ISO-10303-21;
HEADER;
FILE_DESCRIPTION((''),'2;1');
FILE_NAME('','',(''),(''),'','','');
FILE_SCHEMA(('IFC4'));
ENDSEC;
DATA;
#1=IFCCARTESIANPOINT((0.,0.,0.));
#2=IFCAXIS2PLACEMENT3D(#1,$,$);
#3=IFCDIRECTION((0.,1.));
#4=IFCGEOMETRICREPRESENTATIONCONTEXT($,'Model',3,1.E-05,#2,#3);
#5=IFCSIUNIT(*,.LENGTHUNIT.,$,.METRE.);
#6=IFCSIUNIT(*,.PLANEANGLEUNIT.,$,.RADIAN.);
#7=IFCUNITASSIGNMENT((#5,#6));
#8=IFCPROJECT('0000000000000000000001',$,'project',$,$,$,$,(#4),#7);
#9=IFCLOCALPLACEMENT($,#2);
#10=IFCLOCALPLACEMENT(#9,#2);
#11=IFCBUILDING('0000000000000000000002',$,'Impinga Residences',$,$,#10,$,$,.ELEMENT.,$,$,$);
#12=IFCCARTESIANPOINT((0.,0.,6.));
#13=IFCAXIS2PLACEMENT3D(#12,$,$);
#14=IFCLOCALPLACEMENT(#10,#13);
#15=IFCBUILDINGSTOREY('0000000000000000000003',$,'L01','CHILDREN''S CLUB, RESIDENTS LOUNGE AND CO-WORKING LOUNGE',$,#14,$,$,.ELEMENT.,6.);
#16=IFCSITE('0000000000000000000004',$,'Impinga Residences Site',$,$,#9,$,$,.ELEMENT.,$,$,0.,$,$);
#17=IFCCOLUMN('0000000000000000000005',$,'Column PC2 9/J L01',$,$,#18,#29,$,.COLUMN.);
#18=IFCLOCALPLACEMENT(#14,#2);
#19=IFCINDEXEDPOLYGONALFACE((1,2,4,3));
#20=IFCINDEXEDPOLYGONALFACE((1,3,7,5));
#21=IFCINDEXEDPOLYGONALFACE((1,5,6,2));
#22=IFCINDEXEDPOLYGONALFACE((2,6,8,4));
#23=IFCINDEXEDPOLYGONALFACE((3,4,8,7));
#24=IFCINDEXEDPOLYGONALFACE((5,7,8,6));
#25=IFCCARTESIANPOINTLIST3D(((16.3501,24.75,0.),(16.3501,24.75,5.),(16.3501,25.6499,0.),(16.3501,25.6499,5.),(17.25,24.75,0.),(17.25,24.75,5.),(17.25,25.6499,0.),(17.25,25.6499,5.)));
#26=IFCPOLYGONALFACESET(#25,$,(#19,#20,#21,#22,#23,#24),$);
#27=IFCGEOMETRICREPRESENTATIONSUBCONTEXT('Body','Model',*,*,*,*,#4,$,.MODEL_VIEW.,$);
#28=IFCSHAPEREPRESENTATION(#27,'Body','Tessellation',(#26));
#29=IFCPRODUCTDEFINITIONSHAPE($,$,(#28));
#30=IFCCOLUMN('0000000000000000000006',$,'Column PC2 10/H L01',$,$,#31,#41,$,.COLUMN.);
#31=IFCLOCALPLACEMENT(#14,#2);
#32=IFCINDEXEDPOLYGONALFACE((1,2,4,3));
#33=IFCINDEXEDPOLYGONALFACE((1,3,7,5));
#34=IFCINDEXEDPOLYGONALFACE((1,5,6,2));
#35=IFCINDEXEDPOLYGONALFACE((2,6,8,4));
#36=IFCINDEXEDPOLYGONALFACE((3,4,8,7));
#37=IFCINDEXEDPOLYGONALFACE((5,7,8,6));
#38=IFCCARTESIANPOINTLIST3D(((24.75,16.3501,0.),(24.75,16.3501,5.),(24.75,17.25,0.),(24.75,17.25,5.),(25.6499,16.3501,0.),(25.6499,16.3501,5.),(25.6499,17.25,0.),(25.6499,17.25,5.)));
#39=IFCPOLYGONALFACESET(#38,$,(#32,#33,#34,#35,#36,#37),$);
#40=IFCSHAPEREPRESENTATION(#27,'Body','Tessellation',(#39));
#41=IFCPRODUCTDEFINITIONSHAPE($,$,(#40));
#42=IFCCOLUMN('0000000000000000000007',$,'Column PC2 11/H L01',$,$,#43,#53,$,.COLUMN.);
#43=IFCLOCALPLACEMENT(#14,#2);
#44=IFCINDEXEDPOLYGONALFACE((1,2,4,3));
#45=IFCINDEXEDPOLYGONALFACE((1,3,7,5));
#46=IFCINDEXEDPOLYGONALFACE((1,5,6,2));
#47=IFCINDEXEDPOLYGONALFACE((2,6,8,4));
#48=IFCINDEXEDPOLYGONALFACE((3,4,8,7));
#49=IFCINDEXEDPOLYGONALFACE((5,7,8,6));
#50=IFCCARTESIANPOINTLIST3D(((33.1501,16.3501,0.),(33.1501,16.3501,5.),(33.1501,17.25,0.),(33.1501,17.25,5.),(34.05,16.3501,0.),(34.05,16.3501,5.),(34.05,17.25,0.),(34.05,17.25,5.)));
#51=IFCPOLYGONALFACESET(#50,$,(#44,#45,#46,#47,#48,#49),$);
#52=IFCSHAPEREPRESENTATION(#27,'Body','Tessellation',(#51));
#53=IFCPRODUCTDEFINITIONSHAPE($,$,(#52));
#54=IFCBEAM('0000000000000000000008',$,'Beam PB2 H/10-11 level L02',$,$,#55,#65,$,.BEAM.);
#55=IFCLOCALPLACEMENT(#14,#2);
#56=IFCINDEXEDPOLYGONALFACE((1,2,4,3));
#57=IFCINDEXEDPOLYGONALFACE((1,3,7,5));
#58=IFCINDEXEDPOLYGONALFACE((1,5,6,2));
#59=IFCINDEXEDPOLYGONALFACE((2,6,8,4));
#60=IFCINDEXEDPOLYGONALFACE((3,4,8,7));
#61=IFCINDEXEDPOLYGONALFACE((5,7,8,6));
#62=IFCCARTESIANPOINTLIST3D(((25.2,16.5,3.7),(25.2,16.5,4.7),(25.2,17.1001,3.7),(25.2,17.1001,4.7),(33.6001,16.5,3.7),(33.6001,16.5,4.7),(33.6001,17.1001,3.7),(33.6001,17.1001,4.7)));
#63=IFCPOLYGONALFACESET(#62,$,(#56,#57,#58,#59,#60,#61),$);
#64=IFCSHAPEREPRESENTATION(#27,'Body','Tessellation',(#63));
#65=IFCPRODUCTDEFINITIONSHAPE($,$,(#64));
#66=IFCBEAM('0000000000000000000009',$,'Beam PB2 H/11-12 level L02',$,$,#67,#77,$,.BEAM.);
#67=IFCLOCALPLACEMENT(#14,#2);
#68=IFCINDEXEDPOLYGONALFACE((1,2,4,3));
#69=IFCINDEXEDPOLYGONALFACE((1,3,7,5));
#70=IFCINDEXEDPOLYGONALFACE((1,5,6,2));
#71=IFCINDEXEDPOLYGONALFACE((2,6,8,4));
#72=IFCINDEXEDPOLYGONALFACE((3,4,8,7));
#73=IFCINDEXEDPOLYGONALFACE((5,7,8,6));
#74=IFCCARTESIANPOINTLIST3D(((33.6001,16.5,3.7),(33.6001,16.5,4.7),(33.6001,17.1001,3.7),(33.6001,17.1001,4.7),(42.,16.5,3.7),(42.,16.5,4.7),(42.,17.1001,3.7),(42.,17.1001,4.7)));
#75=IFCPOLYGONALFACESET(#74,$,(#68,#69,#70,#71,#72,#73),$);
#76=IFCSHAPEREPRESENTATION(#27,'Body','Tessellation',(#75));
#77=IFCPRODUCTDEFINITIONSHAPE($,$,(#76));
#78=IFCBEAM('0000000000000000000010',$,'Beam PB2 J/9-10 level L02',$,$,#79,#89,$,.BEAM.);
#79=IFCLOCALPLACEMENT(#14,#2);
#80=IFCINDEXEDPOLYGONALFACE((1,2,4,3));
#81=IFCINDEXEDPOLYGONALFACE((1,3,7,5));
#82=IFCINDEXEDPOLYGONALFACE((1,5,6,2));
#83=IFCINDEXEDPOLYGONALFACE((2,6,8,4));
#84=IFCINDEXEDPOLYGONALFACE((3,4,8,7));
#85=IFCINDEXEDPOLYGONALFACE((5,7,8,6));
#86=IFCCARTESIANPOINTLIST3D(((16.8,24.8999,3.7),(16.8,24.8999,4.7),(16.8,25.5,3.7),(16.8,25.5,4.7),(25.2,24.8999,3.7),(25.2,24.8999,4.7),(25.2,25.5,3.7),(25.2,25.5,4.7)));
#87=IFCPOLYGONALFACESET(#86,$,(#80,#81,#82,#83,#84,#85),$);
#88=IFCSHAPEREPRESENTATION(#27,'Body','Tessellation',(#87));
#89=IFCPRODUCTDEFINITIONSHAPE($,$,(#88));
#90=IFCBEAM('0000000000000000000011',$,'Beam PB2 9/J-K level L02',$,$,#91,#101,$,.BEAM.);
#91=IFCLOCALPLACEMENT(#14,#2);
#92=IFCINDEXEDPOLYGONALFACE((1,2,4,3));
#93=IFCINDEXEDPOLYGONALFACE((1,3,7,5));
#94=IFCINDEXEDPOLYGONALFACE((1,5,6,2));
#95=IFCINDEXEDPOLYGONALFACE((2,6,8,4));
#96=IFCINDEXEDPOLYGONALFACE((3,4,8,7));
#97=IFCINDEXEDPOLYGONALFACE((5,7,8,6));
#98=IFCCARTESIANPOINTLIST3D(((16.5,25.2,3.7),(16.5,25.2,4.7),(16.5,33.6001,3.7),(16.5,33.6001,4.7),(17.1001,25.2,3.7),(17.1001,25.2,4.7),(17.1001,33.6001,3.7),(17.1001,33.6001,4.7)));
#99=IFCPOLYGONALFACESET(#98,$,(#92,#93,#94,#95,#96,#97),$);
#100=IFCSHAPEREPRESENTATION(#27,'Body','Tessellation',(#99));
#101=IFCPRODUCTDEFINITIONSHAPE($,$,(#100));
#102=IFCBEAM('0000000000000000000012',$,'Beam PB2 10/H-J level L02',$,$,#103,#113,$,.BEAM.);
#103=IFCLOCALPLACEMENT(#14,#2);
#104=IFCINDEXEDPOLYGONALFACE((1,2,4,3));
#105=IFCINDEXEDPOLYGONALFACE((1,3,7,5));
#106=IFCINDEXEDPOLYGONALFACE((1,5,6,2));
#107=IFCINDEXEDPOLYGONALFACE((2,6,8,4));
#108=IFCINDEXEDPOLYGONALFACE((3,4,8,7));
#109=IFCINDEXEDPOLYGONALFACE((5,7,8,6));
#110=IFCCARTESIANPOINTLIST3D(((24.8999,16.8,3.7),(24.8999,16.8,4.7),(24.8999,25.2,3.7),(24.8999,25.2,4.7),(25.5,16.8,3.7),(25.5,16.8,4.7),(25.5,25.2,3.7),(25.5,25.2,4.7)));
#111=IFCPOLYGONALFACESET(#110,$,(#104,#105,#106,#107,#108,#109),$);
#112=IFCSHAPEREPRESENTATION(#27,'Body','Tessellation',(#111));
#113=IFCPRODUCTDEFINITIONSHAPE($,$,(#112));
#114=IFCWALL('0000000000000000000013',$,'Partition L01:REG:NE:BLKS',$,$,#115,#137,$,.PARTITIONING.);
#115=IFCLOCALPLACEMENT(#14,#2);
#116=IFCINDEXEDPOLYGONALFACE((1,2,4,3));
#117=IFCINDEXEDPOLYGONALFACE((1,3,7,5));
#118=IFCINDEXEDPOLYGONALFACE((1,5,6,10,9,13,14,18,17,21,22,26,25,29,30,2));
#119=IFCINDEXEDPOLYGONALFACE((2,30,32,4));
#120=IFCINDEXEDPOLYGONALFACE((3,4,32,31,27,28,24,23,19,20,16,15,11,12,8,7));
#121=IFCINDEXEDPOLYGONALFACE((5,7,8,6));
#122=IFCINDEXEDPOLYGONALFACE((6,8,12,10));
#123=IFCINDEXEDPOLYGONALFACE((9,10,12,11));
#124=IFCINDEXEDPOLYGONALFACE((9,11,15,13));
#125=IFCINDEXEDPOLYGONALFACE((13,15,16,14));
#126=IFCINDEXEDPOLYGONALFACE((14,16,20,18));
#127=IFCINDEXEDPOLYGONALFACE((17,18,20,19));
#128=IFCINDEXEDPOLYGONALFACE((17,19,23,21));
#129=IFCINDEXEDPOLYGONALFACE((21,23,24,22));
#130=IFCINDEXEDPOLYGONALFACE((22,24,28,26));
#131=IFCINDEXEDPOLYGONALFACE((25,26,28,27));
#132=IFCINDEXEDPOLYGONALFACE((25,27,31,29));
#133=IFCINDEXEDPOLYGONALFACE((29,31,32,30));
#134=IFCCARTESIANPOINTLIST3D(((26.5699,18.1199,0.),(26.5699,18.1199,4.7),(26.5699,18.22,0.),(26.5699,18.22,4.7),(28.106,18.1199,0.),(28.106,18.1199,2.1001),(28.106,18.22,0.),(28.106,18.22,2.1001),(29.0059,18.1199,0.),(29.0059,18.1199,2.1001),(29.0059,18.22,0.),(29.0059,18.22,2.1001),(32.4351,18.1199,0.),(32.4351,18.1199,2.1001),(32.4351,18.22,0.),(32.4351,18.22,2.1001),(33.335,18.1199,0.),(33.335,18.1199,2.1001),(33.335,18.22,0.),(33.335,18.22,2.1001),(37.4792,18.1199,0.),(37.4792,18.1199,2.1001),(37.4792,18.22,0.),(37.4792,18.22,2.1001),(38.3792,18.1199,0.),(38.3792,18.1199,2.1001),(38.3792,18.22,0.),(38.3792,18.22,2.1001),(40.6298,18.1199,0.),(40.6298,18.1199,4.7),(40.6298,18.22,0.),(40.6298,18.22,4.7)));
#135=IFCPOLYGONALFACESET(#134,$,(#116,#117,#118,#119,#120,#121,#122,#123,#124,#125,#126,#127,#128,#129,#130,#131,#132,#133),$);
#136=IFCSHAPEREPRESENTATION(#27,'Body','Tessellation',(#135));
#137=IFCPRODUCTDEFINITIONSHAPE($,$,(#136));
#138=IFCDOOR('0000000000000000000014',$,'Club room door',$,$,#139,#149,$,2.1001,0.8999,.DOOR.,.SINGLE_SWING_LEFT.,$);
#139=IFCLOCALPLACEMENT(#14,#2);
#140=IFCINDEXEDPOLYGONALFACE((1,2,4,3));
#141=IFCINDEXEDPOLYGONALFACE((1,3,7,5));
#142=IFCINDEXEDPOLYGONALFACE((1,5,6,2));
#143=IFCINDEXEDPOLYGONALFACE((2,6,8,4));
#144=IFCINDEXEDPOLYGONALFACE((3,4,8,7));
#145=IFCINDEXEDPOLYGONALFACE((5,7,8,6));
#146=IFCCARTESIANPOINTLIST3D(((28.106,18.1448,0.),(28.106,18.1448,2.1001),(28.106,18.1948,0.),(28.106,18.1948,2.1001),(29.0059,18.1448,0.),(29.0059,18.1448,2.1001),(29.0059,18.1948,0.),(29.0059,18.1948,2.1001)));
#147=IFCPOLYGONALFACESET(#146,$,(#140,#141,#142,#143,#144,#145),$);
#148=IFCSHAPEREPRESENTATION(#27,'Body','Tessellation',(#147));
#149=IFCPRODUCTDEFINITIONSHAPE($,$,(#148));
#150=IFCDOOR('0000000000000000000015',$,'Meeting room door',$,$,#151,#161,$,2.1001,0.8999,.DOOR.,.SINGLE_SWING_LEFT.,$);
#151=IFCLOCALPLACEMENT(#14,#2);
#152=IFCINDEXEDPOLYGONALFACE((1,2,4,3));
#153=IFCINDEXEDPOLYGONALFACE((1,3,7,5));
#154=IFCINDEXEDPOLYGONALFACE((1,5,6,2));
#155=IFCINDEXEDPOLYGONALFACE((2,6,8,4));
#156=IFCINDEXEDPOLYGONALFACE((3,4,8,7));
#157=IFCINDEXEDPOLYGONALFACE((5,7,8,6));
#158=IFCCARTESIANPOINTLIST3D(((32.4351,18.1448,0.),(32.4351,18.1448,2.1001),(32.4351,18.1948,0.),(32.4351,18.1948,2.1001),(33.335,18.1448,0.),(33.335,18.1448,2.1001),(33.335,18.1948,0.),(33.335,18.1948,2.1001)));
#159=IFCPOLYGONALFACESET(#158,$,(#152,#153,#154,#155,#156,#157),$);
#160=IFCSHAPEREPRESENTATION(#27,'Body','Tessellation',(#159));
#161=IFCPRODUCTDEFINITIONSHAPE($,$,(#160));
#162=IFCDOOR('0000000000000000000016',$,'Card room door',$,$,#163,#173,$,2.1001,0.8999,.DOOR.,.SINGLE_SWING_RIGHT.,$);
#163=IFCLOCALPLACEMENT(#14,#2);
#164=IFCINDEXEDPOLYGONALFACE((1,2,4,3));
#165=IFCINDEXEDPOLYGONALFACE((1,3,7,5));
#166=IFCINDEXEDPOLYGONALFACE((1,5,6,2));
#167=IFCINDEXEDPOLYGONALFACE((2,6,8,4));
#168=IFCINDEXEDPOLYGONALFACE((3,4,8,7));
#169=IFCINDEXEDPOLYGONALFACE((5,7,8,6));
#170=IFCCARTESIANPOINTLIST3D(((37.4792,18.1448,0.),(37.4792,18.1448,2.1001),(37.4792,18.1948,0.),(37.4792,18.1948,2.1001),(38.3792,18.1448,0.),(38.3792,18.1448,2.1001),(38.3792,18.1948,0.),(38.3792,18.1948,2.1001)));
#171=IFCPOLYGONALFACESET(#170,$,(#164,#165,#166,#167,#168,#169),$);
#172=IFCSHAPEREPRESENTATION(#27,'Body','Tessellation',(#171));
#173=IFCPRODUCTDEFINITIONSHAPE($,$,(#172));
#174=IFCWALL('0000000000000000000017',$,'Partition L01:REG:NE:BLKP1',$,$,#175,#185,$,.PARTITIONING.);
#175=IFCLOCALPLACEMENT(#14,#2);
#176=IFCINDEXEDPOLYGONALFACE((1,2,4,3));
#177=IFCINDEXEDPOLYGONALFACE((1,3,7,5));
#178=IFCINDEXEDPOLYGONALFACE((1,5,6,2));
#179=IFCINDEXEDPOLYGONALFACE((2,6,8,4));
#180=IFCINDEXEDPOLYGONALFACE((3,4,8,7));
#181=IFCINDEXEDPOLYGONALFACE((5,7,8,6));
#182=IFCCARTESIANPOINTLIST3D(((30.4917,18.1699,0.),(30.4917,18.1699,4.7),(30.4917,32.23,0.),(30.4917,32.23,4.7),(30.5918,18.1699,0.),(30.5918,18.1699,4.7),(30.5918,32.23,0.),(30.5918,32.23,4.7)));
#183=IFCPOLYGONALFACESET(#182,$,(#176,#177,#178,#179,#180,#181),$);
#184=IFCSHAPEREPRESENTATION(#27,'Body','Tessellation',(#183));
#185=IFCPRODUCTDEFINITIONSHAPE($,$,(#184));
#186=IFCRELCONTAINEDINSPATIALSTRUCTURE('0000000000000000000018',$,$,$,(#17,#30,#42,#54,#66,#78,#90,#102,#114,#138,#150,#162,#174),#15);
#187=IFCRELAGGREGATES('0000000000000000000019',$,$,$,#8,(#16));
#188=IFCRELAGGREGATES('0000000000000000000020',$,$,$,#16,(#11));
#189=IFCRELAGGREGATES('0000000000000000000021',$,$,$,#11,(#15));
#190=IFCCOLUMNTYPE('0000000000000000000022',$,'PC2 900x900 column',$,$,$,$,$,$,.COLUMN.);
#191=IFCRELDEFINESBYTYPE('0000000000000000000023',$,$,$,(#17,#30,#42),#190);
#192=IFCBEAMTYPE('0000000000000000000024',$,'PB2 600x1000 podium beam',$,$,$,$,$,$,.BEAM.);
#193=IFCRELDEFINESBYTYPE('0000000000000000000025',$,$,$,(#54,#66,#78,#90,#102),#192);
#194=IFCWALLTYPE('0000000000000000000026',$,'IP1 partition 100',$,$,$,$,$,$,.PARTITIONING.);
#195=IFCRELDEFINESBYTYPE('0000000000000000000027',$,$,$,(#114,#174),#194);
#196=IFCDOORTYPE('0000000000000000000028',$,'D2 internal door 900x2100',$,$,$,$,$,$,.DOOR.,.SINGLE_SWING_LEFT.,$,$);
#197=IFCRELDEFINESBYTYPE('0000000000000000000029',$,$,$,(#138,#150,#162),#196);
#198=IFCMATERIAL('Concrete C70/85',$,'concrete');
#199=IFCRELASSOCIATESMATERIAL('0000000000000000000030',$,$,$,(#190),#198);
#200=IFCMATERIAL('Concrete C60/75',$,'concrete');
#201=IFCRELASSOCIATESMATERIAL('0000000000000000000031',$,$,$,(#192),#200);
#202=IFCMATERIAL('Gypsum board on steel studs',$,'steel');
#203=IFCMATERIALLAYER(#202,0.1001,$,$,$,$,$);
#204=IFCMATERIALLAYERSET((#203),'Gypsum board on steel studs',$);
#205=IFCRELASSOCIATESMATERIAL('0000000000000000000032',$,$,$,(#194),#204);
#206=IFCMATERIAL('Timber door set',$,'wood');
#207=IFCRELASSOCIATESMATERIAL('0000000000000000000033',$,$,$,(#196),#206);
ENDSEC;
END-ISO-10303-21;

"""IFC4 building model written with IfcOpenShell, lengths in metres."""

from ifc_helpers import new_model, si_unit, direction, frame, frame_2d, origin, origin_2d, place, context, subcontext, project, spatial, rectangle, extrude, material, layer, layer_set, material_profile, profile_set, type_object, element, fill, save


model = new_model("IFC4")

# Units and contexts
model_context = context("Model", 3, precision=1e-05, world=origin(), true_north=direction((0.0, 1.0)))
body_context = subcontext(model_context, "Body", "Model", "MODEL_VIEW")
ifc_project = project(units=[si_unit("LENGTHUNIT", "METRE"), si_unit("PLANEANGLEUNIT", "RADIAN")], contexts=[model_context])

# Site, building, storey
site_placement = place(None, origin())
site = spatial("IfcSite", under=ifc_project, at=site_placement, Name="Impinga Residences Site", CompositionType="ELEMENT", RefElevation=0.0)
building_placement = place(site_placement, origin())
building = spatial("IfcBuilding", under=site, at=building_placement, Name="Impinga Residences", CompositionType="ELEMENT")
storey_placement = place(building_placement, frame((0.0, 0.0, 6.0)))
storey = spatial("IfcBuildingStorey", under=building, at=storey_placement, Name="L01", Description="CHILDREN'S CLUB, RESIDENTS LOUNGE AND CO-WORKING LOUNGE", CompositionType="ELEMENT", Elevation=6.0)

# Columns
ifc_material_1 = material(Name="Concrete C70/85", Category="concrete")
ifc_material_profile_1 = material_profile(ifc_material_1, rectangle(XDim=0.8999, YDim=0.8999, at=origin_2d()), Name="RC 900x900")
ifc_profile_set_1 = profile_set([ifc_material_profile_1], Name="Concrete C70/85")
column_type = type_object("IfcColumnType", Name="PC2 900x900 column", PredefinedType="COLUMN", material=ifc_profile_set_1)
for number, where, z_axis, x_axis, name in (
    (1, (16.8, 25.2, 0.0), (0.0, 0.0, 1.0), (1.0, 0.0, 0.0), "Column PC2 9/J L01"),
    (2, (25.2, 16.8, 0.0), (0.0, 0.0, 1.0), (1.0, 0.0, 0.0), "Column PC2 10/H L01"),
    (3, (33.6001, 16.8, 0.0), (0.0, 0.0, 1.0), (1.0, 0.0, 0.0), "Column PC2 11/H L01"),
):
    element("IfcColumn", number, at=place(storey_placement, frame(where, z_axis=z_axis, x_axis=x_axis)), inside=storey, type_object=column_type, Name=name, PredefinedType="COLUMN", context=body_context, shape_type="SweptSolid", body=[
        extrude(rectangle(XDim=0.8999, YDim=0.8999, at=origin_2d()), origin(), (0.0, 0.0, 1.0), 5.0),
    ])

# Beams
ifc_material_2 = material(Name="Concrete C60/75", Category="concrete")
ifc_material_profile_2 = material_profile(ifc_material_2, rectangle(XDim=0.6001, YDim=1.0, at=origin_2d()), Name="RC 600x1000")
ifc_profile_set_2 = profile_set([ifc_material_profile_2], Name="Concrete C60/75")
beam_type = type_object("IfcBeamType", Name="PB2 600x1000 podium beam", PredefinedType="BEAM", material=ifc_profile_set_2)
beam_1_placement = place(storey_placement, frame((25.2, 16.8, 4.2), z_axis=(1.0, 0.0, 0.0), x_axis=(0.0, 1.0, 0.0)))
element("IfcBeam", 4, at=beam_1_placement, inside=storey, type_object=beam_type, Name="Beam PB2 H/10-11 level L02", PredefinedType="BEAM", context=body_context, shape_type="SweptSolid", body=[
    extrude(rectangle(XDim=0.6001, YDim=1.0, at=origin_2d()), origin(), (0.0, 0.0, 1.0), 8.4001),
])
for number, where, z_axis, x_axis, name in (
    (5, (33.6001, 16.8, 4.2), (1.0, 0.0, 0.0), (0.0, 1.0, 0.0), "Beam PB2 H/11-12 level L02"),
    (6, (16.8, 25.2, 4.2), (1.0, 0.0, 0.0), (0.0, 1.0, 0.0), "Beam PB2 J/9-10 level L02"),
):
    element("IfcBeam", number, at=place(storey_placement, frame(where, z_axis=z_axis, x_axis=x_axis)), inside=storey, type_object=beam_type, Name=name, PredefinedType="BEAM", context=body_context, shape_type="SweptSolid", body=[
        extrude(rectangle(XDim=0.6001, YDim=1.0, at=origin_2d()), origin(), (0.0, 0.0, 1.0), 8.3999),
    ])
beam_2_placement = place(storey_placement, frame((16.8, 25.2, 4.2), z_axis=(0.0, 1.0, 0.0), x_axis=(-1.0, 0.0, 0.0)))
element("IfcBeam", 7, at=beam_2_placement, inside=storey, type_object=beam_type, Name="Beam PB2 9/J-K level L02", PredefinedType="BEAM", context=body_context, shape_type="SweptSolid", body=[
    extrude(rectangle(XDim=0.6001, YDim=1.0, at=origin_2d()), origin(), (0.0, 0.0, 1.0), 8.4001),
])
beam_3_placement = place(storey_placement, frame((25.2, 16.8, 4.2), z_axis=(0.0, 1.0, 0.0), x_axis=(-1.0, 0.0, 0.0)))
element("IfcBeam", 8, at=beam_3_placement, inside=storey, type_object=beam_type, Name="Beam PB2 10/H-J level L02", PredefinedType="BEAM", context=body_context, shape_type="SweptSolid", body=[
    extrude(rectangle(XDim=0.6001, YDim=1.0, at=origin_2d()), origin(), (0.0, 0.0, 1.0), 8.3999),
])

# Wall, openings, doors
ifc_material_3 = material(Name="Gypsum board on steel studs", Category="steel")
ifc_layer = layer(ifc_material_3, 0.1001)
ifc_layer_set = layer_set([ifc_layer], Name="Gypsum board on steel studs")
wall_type = type_object("IfcWallType", Name="IP1 partition 100", PredefinedType="PARTITIONING", material=ifc_layer_set)
wall_1_placement = place(storey_placement, frame((26.5701, 18.1699, 0.0), z_axis=(0.0, 0.0, 1.0), x_axis=(1.0, 0.0, 0.0)))
wall_1 = element("IfcWall", 9, at=wall_1_placement, inside=storey, type_object=wall_type, Name="Partition L01:REG:NE:BLKS", PredefinedType="PARTITIONING", context=body_context, shape_type="SweptSolid", body=[
    extrude(rectangle(XDim=14.0598, YDim=0.1001, at=frame_2d((7.0298, 0.0))), origin(), (0.0, 0.0, 1.0), 4.7),
])
opening_1_placement = place(wall_1_placement, frame((1.5359, 0.0, 0.0)))
opening_1 = element("IfcOpeningElement", 10, at=opening_1_placement, cuts=wall_1, PredefinedType="OPENING", context=body_context, shape_type="SweptSolid", body=[
    extrude(rectangle(XDim=0.8999, YDim=2.1001, at=frame_2d((0.45, 1.05))), frame((0.0, 0.0601, 0.0), z_axis=(0.0, -1.0, 0.0), x_axis=(1.0, 0.0, 0.0)), (0.0, 0.0, 1.0), 0.1201),
])
opening_2_placement = place(wall_1_placement, frame((5.865, 0.0, 0.0)))
opening_2 = element("IfcOpeningElement", 11, at=opening_2_placement, cuts=wall_1, PredefinedType="OPENING", context=body_context, shape_type="SweptSolid", body=[
    extrude(rectangle(XDim=0.8999, YDim=2.1001, at=frame_2d((0.45, 1.05))), frame((0.0, 0.0601, 0.0), z_axis=(0.0, -1.0, 0.0), x_axis=(1.0, 0.0, 0.0)), (0.0, 0.0, 1.0), 0.1201),
])
opening_3_placement = place(wall_1_placement, frame((10.9092, 0.0, 0.0)))
opening_3 = element("IfcOpeningElement", 12, at=opening_3_placement, cuts=wall_1, PredefinedType="OPENING", context=body_context, shape_type="SweptSolid", body=[
    extrude(rectangle(XDim=0.8999, YDim=2.1001, at=frame_2d((0.45, 1.05))), frame((0.0, 0.0601, 0.0), z_axis=(0.0, -1.0, 0.0), x_axis=(1.0, 0.0, 0.0)), (0.0, 0.0, 1.0), 0.1201),
])
ifc_material_4 = material(Name="Timber door set", Category="wood")
door_type = type_object("IfcDoorType", Name="D2 internal door 900x2100", OperationType="SINGLE_SWING_LEFT", PredefinedType="DOOR", material=ifc_material_4)
door_1_placement = place(opening_1_placement, origin())
door_1 = element("IfcDoor", 13, at=door_1_placement, inside=storey, type_object=door_type, Name="Club room door", OperationType="SINGLE_SWING_LEFT", OverallHeight=2.1001, OverallWidth=0.8999, PredefinedType="DOOR", context=body_context, shape_type="SweptSolid", body=[
    extrude(rectangle(XDim=0.8999, YDim=2.1001, at=frame_2d((0.45, 1.05))), frame((0.0, 0.0249, 0.0), z_axis=(0.0, -1.0, 0.0), x_axis=(1.0, 0.0, 0.0)), (0.0, 0.0, 1.0), 0.05),
])
fill(opening_1, door_1)
door_2_placement = place(opening_2_placement, origin())
door_2 = element("IfcDoor", 14, at=door_2_placement, inside=storey, type_object=door_type, Name="Meeting room door", OperationType="SINGLE_SWING_LEFT", OverallHeight=2.1001, OverallWidth=0.8999, PredefinedType="DOOR", context=body_context, shape_type="SweptSolid", body=[
    extrude(rectangle(XDim=0.8999, YDim=2.1001, at=frame_2d((0.45, 1.05))), frame((0.0, 0.0249, 0.0), z_axis=(0.0, -1.0, 0.0), x_axis=(1.0, 0.0, 0.0)), (0.0, 0.0, 1.0), 0.05),
])
fill(opening_2, door_2)
door_3_placement = place(opening_3_placement, origin())
door_3 = element("IfcDoor", 15, at=door_3_placement, inside=storey, type_object=door_type, Name="Card room door", OperationType="SINGLE_SWING_RIGHT", OverallHeight=2.1001, OverallWidth=0.8999, PredefinedType="DOOR", context=body_context, shape_type="SweptSolid", body=[
    extrude(rectangle(XDim=0.8999, YDim=2.1001, at=frame_2d((0.45, 1.05))), frame((0.0, 0.0249, 0.0), z_axis=(0.0, -1.0, 0.0), x_axis=(1.0, 0.0, 0.0)), (0.0, 0.0, 1.0), 0.05),
])
fill(opening_3, door_3)

# Wall
wall_2_placement = place(storey_placement, frame((30.5417, 18.1699, 0.0), z_axis=(0.0, 0.0, 1.0), x_axis=(0.0, 1.0, 0.0)))
element("IfcWall", 16, at=wall_2_placement, inside=storey, type_object=wall_type, Name="Partition L01:REG:NE:BLKP1", PredefinedType="PARTITIONING", context=body_context, shape_type="SweptSolid", body=[
    extrude(rectangle(XDim=14.0601, YDim=0.1001, at=frame_2d((7.03, 0.0))), origin(), (0.0, 0.0, 1.0), 4.7),
])

save(model, "model.ifc")
